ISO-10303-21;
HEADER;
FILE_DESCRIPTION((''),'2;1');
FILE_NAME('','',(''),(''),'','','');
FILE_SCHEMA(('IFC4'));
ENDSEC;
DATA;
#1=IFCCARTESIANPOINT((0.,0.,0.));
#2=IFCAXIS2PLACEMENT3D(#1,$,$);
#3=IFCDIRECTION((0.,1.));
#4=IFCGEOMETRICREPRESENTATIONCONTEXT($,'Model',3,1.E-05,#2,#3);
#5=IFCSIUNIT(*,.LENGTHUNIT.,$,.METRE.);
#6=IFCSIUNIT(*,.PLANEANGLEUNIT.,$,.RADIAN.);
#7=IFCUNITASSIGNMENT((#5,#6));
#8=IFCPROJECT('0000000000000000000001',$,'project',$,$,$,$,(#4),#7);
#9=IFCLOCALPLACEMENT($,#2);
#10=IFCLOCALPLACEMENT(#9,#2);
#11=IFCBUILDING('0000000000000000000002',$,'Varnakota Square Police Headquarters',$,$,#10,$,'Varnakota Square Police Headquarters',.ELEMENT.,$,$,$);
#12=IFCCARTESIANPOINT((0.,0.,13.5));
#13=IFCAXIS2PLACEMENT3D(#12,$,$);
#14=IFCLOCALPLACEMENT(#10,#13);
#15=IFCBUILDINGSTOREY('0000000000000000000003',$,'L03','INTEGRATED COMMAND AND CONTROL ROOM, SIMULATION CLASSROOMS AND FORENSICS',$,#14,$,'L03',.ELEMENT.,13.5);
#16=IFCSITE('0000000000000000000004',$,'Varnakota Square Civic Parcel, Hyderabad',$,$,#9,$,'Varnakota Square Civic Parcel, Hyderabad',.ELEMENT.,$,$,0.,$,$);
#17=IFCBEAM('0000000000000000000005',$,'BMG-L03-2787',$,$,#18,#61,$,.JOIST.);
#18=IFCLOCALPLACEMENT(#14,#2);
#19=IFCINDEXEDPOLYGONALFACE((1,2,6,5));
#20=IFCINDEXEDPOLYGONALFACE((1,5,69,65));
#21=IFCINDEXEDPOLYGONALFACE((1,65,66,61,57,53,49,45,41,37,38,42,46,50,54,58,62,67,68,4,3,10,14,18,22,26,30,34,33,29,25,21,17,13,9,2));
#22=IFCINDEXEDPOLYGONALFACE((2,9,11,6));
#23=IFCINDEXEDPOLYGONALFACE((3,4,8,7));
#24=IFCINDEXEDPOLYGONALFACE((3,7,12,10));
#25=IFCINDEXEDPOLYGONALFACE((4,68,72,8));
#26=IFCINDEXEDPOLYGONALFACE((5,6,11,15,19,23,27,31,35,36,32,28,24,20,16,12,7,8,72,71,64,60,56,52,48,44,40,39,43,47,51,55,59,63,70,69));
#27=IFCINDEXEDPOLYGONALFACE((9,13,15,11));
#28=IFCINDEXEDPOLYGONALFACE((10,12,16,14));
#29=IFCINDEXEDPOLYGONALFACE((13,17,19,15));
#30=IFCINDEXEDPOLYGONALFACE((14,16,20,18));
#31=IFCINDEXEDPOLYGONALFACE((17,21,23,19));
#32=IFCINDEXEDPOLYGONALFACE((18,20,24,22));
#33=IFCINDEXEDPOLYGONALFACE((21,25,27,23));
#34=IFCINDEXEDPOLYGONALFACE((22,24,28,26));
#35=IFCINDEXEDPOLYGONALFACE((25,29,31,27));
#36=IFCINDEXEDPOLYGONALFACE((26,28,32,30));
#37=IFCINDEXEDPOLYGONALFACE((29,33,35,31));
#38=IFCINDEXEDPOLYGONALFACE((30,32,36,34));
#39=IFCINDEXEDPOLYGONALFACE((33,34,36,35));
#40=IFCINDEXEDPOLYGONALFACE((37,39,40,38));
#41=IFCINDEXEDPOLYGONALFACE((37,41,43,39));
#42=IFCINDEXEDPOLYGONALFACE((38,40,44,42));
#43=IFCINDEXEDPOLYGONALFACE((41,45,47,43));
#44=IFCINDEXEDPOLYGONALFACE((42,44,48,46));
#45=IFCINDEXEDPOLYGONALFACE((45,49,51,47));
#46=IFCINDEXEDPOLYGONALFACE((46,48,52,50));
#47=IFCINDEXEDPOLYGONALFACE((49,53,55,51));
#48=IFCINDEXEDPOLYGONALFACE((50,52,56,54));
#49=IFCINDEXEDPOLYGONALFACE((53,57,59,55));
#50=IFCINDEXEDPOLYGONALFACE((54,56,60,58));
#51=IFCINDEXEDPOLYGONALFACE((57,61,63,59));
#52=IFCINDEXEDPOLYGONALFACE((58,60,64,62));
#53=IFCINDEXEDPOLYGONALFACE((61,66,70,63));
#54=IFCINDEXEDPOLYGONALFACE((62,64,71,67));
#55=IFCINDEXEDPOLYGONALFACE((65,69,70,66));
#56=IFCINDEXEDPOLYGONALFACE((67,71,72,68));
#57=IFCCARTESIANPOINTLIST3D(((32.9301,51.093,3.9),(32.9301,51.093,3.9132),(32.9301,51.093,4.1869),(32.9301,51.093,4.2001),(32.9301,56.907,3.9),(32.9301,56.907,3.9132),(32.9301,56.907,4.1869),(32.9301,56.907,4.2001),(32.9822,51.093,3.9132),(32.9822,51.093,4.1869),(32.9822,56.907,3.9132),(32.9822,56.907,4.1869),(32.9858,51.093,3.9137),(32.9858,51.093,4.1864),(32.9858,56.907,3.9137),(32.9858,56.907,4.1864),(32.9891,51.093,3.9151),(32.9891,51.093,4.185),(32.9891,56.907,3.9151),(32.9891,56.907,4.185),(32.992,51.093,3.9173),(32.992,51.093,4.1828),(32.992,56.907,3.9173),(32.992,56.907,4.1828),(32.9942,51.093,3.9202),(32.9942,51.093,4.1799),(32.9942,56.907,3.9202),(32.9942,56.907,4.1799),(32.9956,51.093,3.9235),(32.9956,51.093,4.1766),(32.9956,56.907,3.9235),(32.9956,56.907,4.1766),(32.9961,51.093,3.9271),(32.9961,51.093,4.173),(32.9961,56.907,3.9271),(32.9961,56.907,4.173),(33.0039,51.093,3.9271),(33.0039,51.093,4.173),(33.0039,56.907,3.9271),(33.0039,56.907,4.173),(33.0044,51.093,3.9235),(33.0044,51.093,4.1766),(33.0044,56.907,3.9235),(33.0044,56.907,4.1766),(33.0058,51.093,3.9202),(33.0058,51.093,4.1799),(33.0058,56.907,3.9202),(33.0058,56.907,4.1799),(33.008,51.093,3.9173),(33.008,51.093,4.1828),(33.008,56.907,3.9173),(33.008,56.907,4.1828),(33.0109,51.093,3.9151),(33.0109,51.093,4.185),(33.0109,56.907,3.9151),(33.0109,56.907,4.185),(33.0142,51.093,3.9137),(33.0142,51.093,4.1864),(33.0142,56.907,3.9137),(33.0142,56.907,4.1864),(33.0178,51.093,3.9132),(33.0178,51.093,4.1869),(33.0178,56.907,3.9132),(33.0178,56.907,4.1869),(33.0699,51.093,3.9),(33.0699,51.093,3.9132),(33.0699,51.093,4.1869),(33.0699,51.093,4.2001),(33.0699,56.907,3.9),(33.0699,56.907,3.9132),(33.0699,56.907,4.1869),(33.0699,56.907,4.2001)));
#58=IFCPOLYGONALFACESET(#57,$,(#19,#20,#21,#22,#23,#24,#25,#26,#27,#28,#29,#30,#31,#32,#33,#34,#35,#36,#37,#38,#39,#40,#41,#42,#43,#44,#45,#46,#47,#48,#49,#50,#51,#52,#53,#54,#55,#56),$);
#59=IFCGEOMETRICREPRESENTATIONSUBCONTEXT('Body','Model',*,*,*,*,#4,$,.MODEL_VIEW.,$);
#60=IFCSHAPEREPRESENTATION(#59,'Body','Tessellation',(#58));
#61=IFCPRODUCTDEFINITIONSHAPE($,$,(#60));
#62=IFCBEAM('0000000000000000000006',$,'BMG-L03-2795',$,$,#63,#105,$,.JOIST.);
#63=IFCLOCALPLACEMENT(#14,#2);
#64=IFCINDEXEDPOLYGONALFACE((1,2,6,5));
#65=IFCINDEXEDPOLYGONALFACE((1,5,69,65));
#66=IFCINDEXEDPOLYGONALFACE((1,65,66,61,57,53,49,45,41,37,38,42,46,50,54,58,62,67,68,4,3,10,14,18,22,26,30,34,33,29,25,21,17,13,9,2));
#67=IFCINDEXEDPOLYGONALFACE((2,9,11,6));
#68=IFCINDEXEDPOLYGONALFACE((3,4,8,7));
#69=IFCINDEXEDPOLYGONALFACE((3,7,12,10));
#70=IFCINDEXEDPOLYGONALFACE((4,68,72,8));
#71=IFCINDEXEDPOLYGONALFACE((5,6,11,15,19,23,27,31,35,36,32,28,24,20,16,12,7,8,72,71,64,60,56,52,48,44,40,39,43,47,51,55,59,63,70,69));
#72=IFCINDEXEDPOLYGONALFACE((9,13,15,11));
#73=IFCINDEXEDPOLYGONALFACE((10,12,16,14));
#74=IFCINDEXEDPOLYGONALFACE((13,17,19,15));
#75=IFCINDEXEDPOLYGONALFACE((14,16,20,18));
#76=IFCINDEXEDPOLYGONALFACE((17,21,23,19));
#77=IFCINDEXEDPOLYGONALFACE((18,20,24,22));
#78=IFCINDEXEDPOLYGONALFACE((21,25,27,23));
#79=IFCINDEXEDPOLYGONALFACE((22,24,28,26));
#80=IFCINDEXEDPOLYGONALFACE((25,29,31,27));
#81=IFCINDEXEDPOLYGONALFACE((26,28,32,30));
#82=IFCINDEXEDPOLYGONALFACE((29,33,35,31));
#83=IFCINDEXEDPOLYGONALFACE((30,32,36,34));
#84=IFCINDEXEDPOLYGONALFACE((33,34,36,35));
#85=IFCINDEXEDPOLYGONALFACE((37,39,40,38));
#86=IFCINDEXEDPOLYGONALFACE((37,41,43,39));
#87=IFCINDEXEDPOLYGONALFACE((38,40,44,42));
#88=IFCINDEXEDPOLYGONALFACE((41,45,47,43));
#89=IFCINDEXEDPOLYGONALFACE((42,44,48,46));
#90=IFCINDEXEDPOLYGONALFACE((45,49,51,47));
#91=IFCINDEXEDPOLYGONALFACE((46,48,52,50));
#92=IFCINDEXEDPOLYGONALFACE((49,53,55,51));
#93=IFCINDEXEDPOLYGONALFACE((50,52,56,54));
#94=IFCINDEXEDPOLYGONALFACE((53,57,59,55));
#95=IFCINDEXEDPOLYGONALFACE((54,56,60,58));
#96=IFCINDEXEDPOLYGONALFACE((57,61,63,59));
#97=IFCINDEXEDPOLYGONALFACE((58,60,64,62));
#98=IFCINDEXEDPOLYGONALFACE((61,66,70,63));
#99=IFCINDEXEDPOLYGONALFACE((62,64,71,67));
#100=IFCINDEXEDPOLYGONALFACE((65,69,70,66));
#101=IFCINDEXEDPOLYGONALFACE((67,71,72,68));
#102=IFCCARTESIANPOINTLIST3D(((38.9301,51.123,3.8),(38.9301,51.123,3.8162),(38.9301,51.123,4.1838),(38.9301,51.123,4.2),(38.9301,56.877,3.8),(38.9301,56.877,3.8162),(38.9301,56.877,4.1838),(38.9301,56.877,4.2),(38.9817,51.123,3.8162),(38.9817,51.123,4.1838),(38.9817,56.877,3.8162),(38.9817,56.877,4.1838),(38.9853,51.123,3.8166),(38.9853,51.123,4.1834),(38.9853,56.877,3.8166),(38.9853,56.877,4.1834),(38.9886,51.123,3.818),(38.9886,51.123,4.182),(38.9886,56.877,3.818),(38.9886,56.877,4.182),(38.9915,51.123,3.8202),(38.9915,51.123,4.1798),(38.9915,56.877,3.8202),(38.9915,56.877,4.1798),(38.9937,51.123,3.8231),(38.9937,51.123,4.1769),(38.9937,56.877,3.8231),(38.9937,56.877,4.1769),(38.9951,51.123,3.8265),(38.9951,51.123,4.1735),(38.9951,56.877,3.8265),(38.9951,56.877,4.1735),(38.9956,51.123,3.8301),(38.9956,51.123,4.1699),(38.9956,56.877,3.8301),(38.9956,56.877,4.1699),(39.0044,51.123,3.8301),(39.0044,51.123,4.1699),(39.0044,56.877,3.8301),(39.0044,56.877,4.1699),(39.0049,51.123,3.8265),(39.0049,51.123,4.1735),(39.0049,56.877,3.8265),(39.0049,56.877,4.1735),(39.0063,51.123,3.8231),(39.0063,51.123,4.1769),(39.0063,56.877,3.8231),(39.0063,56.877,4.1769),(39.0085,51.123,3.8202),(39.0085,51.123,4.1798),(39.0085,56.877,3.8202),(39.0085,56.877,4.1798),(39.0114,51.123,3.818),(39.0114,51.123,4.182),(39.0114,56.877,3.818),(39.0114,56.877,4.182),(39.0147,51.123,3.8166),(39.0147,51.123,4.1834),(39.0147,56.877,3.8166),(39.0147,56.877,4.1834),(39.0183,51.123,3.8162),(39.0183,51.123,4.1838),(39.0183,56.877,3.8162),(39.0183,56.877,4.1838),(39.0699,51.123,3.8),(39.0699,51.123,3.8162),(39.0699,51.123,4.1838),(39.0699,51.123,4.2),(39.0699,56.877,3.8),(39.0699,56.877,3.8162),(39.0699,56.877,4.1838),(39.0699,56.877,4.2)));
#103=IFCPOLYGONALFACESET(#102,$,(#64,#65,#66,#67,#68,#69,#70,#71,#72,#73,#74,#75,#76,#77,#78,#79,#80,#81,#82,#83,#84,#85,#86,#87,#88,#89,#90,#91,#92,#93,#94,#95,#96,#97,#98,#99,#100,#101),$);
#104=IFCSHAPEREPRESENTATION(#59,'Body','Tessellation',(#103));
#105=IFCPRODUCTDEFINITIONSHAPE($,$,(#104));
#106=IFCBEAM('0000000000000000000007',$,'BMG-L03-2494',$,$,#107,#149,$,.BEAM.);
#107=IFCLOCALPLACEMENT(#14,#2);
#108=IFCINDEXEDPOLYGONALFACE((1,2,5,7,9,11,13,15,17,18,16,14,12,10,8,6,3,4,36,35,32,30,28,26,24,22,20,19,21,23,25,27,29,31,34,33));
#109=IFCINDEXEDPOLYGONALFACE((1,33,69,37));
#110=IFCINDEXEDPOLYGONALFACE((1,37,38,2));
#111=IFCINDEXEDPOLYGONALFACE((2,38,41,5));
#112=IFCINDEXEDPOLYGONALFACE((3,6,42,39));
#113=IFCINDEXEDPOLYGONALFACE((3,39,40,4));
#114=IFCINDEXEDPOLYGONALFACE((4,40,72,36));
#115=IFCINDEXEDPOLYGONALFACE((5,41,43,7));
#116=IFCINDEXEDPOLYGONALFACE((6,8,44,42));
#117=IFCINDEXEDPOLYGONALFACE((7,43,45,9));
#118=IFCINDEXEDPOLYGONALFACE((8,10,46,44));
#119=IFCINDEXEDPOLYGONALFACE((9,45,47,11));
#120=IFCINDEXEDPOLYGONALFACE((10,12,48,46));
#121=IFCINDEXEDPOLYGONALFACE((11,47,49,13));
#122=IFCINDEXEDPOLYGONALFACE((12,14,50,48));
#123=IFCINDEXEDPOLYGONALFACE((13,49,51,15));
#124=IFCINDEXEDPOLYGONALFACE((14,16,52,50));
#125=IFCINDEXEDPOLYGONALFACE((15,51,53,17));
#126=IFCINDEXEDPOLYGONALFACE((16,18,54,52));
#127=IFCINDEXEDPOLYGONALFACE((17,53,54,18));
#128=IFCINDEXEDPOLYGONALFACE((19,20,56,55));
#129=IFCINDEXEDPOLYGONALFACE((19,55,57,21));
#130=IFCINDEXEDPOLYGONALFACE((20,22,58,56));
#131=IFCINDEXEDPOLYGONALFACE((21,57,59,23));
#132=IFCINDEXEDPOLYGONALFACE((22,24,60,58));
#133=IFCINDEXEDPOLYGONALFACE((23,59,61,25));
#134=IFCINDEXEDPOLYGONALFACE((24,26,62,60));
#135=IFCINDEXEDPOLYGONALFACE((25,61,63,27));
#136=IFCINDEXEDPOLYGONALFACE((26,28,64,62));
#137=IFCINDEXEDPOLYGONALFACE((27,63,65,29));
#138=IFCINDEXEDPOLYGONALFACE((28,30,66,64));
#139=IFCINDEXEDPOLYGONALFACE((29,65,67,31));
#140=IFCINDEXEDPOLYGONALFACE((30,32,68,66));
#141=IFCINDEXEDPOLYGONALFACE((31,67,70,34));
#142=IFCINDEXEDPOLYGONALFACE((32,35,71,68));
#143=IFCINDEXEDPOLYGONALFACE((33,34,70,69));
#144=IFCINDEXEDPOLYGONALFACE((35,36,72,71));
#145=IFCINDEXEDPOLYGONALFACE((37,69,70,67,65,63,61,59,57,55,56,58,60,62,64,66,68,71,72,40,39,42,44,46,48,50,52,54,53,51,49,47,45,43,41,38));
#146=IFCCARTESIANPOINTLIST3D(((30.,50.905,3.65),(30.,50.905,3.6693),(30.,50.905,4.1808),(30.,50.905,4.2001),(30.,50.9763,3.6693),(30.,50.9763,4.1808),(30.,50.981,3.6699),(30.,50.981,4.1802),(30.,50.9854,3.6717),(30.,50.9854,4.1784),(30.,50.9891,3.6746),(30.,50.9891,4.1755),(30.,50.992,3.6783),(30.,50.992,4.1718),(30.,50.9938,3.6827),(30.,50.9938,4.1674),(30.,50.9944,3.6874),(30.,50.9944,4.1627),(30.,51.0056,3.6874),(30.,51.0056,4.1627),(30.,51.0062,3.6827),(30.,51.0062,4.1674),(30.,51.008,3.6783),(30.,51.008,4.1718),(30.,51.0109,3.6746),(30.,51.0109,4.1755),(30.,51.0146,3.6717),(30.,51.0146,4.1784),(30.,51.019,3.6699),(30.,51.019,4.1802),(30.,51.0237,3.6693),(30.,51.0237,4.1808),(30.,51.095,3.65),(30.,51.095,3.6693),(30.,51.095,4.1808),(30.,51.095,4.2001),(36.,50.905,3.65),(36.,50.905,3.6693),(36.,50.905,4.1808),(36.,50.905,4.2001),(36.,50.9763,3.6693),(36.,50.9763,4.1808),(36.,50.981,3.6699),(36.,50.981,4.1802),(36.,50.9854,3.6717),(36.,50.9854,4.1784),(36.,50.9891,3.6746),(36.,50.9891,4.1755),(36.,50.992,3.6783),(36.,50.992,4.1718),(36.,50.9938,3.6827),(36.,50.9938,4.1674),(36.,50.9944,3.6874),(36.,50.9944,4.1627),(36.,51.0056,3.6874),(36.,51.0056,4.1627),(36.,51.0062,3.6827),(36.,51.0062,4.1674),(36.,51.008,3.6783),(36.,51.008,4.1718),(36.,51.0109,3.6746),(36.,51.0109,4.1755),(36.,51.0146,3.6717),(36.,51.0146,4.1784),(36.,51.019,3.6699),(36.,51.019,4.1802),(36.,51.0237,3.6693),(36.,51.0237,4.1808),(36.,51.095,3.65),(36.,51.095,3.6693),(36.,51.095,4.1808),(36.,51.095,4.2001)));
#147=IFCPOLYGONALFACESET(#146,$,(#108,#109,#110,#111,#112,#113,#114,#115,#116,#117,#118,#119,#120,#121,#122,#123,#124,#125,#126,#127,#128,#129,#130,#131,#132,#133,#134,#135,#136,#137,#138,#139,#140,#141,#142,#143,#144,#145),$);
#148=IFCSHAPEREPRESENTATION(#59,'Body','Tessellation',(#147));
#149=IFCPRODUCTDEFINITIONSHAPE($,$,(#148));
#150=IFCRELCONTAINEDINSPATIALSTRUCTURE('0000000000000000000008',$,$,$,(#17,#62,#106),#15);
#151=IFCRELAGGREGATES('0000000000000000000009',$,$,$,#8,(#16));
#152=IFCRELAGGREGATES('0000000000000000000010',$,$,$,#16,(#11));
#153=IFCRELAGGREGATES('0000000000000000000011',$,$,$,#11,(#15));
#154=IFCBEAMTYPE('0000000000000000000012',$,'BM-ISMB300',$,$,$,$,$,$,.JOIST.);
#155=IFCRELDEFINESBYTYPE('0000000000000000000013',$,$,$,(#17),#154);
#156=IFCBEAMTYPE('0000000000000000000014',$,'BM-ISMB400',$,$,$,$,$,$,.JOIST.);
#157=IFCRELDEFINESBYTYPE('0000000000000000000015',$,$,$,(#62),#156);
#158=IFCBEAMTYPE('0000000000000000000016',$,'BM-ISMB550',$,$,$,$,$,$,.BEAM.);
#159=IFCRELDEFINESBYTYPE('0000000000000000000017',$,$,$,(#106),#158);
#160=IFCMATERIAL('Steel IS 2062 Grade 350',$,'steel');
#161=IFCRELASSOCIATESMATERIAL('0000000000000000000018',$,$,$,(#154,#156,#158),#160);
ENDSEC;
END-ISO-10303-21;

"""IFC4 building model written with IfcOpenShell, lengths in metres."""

from ifc_helpers import new_model, si_unit, direction, frame, origin, origin_2d, place, context, subcontext, project, spatial, i_section, extrude, material, material_profile, profile_set, type_object, element, save


model = new_model("IFC4")

# Units and contexts
model_context = context("Model", 3, precision=1e-05, world=origin(), true_north=direction((0.0, 1.0)))
body_context = subcontext(model_context, "Body", "Model", "MODEL_VIEW")
ifc_project = project(units=[si_unit("LENGTHUNIT", "METRE"), si_unit("PLANEANGLEUNIT", "RADIAN")], contexts=[model_context])

# Site, building, storey
site_placement = place(None, origin())
site = spatial("IfcSite", under=ifc_project, at=site_placement, Name="Varnakota Square Civic Parcel, Hyderabad", LongName="Varnakota Square Civic Parcel, Hyderabad", CompositionType="ELEMENT", RefElevation=0.0)
building_placement = place(site_placement, origin())
building = spatial("IfcBuilding", under=site, at=building_placement, Name="Varnakota Square Police Headquarters", LongName="Varnakota Square Police Headquarters", CompositionType="ELEMENT")
storey_placement = place(building_placement, frame((0.0, 0.0, 13.5)))
storey = spatial("IfcBuildingStorey", under=building, at=storey_placement, Name="L03", Description="INTEGRATED COMMAND AND CONTROL ROOM, SIMULATION CLASSROOMS AND FORENSICS", LongName="L03", CompositionType="ELEMENT", Elevation=13.5)

# Shared definitions
ifc_material_1 = material(Name="Steel IS 2062 Grade 350", Category="steel")

# Beams
ifc_material_profile_1 = material_profile(ifc_material_1, i_section(OverallWidth=0.1399, OverallDepth=0.3, WebThickness=0.0078, FlangeThickness=0.0132, FilletRadius=0.0139, at=origin_2d()), Name="ISMB 300")
ifc_profile_set_1 = profile_set([ifc_material_profile_1], Name="Steel IS 2062 Grade 350")
beam_type_1 = type_object("IfcBeamType", Name="BM-ISMB300", PredefinedType="JOIST", material=ifc_profile_set_1)
beam_1_placement = place(storey_placement, frame((33.0, 51.093, 4.05), z_axis=(0.0, 1.0, 0.0), x_axis=(-1.0, 0.0, 0.0)))
element("IfcBeam", 1, at=beam_1_placement, inside=storey, type_object=beam_type_1, Name="BMG-L03-2787", PredefinedType="JOIST", context=body_context, shape_type="SweptSolid", body=[
    extrude(i_section(OverallWidth=0.1399, OverallDepth=0.3, WebThickness=0.0078, FlangeThickness=0.0132, FilletRadius=0.0139, at=origin_2d()), origin(), (0.0, 0.0, 1.0), 5.814),
])
ifc_material_profile_2 = material_profile(ifc_material_1, i_section(OverallWidth=0.1399, OverallDepth=0.3999, WebThickness=0.0088, FlangeThickness=0.0161, FilletRadius=0.0139, at=origin_2d()), Name="ISMB 400")
ifc_profile_set_2 = profile_set([ifc_material_profile_2], Name="Steel IS 2062 Grade 350")
beam_type_2 = type_object("IfcBeamType", Name="BM-ISMB400", PredefinedType="JOIST", material=ifc_profile_set_2)
beam_2_placement = place(storey_placement, frame((39.0, 51.123, 4.0), z_axis=(0.0, 1.0, 0.0), x_axis=(-1.0, 0.0, 0.0)))
element("IfcBeam", 2, at=beam_2_placement, inside=storey, type_object=beam_type_2, Name="BMG-L03-2795", PredefinedType="JOIST", context=body_context, shape_type="SweptSolid", body=[
    extrude(i_section(OverallWidth=0.1399, OverallDepth=0.3999, WebThickness=0.0088, FlangeThickness=0.0161, FilletRadius=0.0139, at=origin_2d()), origin(), (0.0, 0.0, 1.0), 5.7539),
])
ifc_material_profile_3 = material_profile(ifc_material_1, i_section(OverallWidth=0.1899, OverallDepth=0.55, WebThickness=0.0112, FlangeThickness=0.0193, FilletRadius=0.0181, at=origin_2d()), Name="ISMB 550")
ifc_profile_set_3 = profile_set([ifc_material_profile_3], Name="Steel IS 2062 Grade 350")
beam_type_3 = type_object("IfcBeamType", Name="BM-ISMB550", PredefinedType="BEAM", material=ifc_profile_set_3)
beam_3_placement = place(storey_placement, frame((30.0, 51.0, 3.925), z_axis=(1.0, 0.0, 0.0), x_axis=(0.0, 1.0, 0.0)))
element("IfcBeam", 3, at=beam_3_placement, inside=storey, type_object=beam_type_3, Name="BMG-L03-2494", PredefinedType="BEAM", context=body_context, shape_type="SweptSolid", body=[
    extrude(i_section(OverallWidth=0.1899, OverallDepth=0.55, WebThickness=0.0112, FlangeThickness=0.0193, FilletRadius=0.0181, at=origin_2d()), origin(), (0.0, 0.0, 1.0), 6.0),
])

save(model, "model.ifc")
